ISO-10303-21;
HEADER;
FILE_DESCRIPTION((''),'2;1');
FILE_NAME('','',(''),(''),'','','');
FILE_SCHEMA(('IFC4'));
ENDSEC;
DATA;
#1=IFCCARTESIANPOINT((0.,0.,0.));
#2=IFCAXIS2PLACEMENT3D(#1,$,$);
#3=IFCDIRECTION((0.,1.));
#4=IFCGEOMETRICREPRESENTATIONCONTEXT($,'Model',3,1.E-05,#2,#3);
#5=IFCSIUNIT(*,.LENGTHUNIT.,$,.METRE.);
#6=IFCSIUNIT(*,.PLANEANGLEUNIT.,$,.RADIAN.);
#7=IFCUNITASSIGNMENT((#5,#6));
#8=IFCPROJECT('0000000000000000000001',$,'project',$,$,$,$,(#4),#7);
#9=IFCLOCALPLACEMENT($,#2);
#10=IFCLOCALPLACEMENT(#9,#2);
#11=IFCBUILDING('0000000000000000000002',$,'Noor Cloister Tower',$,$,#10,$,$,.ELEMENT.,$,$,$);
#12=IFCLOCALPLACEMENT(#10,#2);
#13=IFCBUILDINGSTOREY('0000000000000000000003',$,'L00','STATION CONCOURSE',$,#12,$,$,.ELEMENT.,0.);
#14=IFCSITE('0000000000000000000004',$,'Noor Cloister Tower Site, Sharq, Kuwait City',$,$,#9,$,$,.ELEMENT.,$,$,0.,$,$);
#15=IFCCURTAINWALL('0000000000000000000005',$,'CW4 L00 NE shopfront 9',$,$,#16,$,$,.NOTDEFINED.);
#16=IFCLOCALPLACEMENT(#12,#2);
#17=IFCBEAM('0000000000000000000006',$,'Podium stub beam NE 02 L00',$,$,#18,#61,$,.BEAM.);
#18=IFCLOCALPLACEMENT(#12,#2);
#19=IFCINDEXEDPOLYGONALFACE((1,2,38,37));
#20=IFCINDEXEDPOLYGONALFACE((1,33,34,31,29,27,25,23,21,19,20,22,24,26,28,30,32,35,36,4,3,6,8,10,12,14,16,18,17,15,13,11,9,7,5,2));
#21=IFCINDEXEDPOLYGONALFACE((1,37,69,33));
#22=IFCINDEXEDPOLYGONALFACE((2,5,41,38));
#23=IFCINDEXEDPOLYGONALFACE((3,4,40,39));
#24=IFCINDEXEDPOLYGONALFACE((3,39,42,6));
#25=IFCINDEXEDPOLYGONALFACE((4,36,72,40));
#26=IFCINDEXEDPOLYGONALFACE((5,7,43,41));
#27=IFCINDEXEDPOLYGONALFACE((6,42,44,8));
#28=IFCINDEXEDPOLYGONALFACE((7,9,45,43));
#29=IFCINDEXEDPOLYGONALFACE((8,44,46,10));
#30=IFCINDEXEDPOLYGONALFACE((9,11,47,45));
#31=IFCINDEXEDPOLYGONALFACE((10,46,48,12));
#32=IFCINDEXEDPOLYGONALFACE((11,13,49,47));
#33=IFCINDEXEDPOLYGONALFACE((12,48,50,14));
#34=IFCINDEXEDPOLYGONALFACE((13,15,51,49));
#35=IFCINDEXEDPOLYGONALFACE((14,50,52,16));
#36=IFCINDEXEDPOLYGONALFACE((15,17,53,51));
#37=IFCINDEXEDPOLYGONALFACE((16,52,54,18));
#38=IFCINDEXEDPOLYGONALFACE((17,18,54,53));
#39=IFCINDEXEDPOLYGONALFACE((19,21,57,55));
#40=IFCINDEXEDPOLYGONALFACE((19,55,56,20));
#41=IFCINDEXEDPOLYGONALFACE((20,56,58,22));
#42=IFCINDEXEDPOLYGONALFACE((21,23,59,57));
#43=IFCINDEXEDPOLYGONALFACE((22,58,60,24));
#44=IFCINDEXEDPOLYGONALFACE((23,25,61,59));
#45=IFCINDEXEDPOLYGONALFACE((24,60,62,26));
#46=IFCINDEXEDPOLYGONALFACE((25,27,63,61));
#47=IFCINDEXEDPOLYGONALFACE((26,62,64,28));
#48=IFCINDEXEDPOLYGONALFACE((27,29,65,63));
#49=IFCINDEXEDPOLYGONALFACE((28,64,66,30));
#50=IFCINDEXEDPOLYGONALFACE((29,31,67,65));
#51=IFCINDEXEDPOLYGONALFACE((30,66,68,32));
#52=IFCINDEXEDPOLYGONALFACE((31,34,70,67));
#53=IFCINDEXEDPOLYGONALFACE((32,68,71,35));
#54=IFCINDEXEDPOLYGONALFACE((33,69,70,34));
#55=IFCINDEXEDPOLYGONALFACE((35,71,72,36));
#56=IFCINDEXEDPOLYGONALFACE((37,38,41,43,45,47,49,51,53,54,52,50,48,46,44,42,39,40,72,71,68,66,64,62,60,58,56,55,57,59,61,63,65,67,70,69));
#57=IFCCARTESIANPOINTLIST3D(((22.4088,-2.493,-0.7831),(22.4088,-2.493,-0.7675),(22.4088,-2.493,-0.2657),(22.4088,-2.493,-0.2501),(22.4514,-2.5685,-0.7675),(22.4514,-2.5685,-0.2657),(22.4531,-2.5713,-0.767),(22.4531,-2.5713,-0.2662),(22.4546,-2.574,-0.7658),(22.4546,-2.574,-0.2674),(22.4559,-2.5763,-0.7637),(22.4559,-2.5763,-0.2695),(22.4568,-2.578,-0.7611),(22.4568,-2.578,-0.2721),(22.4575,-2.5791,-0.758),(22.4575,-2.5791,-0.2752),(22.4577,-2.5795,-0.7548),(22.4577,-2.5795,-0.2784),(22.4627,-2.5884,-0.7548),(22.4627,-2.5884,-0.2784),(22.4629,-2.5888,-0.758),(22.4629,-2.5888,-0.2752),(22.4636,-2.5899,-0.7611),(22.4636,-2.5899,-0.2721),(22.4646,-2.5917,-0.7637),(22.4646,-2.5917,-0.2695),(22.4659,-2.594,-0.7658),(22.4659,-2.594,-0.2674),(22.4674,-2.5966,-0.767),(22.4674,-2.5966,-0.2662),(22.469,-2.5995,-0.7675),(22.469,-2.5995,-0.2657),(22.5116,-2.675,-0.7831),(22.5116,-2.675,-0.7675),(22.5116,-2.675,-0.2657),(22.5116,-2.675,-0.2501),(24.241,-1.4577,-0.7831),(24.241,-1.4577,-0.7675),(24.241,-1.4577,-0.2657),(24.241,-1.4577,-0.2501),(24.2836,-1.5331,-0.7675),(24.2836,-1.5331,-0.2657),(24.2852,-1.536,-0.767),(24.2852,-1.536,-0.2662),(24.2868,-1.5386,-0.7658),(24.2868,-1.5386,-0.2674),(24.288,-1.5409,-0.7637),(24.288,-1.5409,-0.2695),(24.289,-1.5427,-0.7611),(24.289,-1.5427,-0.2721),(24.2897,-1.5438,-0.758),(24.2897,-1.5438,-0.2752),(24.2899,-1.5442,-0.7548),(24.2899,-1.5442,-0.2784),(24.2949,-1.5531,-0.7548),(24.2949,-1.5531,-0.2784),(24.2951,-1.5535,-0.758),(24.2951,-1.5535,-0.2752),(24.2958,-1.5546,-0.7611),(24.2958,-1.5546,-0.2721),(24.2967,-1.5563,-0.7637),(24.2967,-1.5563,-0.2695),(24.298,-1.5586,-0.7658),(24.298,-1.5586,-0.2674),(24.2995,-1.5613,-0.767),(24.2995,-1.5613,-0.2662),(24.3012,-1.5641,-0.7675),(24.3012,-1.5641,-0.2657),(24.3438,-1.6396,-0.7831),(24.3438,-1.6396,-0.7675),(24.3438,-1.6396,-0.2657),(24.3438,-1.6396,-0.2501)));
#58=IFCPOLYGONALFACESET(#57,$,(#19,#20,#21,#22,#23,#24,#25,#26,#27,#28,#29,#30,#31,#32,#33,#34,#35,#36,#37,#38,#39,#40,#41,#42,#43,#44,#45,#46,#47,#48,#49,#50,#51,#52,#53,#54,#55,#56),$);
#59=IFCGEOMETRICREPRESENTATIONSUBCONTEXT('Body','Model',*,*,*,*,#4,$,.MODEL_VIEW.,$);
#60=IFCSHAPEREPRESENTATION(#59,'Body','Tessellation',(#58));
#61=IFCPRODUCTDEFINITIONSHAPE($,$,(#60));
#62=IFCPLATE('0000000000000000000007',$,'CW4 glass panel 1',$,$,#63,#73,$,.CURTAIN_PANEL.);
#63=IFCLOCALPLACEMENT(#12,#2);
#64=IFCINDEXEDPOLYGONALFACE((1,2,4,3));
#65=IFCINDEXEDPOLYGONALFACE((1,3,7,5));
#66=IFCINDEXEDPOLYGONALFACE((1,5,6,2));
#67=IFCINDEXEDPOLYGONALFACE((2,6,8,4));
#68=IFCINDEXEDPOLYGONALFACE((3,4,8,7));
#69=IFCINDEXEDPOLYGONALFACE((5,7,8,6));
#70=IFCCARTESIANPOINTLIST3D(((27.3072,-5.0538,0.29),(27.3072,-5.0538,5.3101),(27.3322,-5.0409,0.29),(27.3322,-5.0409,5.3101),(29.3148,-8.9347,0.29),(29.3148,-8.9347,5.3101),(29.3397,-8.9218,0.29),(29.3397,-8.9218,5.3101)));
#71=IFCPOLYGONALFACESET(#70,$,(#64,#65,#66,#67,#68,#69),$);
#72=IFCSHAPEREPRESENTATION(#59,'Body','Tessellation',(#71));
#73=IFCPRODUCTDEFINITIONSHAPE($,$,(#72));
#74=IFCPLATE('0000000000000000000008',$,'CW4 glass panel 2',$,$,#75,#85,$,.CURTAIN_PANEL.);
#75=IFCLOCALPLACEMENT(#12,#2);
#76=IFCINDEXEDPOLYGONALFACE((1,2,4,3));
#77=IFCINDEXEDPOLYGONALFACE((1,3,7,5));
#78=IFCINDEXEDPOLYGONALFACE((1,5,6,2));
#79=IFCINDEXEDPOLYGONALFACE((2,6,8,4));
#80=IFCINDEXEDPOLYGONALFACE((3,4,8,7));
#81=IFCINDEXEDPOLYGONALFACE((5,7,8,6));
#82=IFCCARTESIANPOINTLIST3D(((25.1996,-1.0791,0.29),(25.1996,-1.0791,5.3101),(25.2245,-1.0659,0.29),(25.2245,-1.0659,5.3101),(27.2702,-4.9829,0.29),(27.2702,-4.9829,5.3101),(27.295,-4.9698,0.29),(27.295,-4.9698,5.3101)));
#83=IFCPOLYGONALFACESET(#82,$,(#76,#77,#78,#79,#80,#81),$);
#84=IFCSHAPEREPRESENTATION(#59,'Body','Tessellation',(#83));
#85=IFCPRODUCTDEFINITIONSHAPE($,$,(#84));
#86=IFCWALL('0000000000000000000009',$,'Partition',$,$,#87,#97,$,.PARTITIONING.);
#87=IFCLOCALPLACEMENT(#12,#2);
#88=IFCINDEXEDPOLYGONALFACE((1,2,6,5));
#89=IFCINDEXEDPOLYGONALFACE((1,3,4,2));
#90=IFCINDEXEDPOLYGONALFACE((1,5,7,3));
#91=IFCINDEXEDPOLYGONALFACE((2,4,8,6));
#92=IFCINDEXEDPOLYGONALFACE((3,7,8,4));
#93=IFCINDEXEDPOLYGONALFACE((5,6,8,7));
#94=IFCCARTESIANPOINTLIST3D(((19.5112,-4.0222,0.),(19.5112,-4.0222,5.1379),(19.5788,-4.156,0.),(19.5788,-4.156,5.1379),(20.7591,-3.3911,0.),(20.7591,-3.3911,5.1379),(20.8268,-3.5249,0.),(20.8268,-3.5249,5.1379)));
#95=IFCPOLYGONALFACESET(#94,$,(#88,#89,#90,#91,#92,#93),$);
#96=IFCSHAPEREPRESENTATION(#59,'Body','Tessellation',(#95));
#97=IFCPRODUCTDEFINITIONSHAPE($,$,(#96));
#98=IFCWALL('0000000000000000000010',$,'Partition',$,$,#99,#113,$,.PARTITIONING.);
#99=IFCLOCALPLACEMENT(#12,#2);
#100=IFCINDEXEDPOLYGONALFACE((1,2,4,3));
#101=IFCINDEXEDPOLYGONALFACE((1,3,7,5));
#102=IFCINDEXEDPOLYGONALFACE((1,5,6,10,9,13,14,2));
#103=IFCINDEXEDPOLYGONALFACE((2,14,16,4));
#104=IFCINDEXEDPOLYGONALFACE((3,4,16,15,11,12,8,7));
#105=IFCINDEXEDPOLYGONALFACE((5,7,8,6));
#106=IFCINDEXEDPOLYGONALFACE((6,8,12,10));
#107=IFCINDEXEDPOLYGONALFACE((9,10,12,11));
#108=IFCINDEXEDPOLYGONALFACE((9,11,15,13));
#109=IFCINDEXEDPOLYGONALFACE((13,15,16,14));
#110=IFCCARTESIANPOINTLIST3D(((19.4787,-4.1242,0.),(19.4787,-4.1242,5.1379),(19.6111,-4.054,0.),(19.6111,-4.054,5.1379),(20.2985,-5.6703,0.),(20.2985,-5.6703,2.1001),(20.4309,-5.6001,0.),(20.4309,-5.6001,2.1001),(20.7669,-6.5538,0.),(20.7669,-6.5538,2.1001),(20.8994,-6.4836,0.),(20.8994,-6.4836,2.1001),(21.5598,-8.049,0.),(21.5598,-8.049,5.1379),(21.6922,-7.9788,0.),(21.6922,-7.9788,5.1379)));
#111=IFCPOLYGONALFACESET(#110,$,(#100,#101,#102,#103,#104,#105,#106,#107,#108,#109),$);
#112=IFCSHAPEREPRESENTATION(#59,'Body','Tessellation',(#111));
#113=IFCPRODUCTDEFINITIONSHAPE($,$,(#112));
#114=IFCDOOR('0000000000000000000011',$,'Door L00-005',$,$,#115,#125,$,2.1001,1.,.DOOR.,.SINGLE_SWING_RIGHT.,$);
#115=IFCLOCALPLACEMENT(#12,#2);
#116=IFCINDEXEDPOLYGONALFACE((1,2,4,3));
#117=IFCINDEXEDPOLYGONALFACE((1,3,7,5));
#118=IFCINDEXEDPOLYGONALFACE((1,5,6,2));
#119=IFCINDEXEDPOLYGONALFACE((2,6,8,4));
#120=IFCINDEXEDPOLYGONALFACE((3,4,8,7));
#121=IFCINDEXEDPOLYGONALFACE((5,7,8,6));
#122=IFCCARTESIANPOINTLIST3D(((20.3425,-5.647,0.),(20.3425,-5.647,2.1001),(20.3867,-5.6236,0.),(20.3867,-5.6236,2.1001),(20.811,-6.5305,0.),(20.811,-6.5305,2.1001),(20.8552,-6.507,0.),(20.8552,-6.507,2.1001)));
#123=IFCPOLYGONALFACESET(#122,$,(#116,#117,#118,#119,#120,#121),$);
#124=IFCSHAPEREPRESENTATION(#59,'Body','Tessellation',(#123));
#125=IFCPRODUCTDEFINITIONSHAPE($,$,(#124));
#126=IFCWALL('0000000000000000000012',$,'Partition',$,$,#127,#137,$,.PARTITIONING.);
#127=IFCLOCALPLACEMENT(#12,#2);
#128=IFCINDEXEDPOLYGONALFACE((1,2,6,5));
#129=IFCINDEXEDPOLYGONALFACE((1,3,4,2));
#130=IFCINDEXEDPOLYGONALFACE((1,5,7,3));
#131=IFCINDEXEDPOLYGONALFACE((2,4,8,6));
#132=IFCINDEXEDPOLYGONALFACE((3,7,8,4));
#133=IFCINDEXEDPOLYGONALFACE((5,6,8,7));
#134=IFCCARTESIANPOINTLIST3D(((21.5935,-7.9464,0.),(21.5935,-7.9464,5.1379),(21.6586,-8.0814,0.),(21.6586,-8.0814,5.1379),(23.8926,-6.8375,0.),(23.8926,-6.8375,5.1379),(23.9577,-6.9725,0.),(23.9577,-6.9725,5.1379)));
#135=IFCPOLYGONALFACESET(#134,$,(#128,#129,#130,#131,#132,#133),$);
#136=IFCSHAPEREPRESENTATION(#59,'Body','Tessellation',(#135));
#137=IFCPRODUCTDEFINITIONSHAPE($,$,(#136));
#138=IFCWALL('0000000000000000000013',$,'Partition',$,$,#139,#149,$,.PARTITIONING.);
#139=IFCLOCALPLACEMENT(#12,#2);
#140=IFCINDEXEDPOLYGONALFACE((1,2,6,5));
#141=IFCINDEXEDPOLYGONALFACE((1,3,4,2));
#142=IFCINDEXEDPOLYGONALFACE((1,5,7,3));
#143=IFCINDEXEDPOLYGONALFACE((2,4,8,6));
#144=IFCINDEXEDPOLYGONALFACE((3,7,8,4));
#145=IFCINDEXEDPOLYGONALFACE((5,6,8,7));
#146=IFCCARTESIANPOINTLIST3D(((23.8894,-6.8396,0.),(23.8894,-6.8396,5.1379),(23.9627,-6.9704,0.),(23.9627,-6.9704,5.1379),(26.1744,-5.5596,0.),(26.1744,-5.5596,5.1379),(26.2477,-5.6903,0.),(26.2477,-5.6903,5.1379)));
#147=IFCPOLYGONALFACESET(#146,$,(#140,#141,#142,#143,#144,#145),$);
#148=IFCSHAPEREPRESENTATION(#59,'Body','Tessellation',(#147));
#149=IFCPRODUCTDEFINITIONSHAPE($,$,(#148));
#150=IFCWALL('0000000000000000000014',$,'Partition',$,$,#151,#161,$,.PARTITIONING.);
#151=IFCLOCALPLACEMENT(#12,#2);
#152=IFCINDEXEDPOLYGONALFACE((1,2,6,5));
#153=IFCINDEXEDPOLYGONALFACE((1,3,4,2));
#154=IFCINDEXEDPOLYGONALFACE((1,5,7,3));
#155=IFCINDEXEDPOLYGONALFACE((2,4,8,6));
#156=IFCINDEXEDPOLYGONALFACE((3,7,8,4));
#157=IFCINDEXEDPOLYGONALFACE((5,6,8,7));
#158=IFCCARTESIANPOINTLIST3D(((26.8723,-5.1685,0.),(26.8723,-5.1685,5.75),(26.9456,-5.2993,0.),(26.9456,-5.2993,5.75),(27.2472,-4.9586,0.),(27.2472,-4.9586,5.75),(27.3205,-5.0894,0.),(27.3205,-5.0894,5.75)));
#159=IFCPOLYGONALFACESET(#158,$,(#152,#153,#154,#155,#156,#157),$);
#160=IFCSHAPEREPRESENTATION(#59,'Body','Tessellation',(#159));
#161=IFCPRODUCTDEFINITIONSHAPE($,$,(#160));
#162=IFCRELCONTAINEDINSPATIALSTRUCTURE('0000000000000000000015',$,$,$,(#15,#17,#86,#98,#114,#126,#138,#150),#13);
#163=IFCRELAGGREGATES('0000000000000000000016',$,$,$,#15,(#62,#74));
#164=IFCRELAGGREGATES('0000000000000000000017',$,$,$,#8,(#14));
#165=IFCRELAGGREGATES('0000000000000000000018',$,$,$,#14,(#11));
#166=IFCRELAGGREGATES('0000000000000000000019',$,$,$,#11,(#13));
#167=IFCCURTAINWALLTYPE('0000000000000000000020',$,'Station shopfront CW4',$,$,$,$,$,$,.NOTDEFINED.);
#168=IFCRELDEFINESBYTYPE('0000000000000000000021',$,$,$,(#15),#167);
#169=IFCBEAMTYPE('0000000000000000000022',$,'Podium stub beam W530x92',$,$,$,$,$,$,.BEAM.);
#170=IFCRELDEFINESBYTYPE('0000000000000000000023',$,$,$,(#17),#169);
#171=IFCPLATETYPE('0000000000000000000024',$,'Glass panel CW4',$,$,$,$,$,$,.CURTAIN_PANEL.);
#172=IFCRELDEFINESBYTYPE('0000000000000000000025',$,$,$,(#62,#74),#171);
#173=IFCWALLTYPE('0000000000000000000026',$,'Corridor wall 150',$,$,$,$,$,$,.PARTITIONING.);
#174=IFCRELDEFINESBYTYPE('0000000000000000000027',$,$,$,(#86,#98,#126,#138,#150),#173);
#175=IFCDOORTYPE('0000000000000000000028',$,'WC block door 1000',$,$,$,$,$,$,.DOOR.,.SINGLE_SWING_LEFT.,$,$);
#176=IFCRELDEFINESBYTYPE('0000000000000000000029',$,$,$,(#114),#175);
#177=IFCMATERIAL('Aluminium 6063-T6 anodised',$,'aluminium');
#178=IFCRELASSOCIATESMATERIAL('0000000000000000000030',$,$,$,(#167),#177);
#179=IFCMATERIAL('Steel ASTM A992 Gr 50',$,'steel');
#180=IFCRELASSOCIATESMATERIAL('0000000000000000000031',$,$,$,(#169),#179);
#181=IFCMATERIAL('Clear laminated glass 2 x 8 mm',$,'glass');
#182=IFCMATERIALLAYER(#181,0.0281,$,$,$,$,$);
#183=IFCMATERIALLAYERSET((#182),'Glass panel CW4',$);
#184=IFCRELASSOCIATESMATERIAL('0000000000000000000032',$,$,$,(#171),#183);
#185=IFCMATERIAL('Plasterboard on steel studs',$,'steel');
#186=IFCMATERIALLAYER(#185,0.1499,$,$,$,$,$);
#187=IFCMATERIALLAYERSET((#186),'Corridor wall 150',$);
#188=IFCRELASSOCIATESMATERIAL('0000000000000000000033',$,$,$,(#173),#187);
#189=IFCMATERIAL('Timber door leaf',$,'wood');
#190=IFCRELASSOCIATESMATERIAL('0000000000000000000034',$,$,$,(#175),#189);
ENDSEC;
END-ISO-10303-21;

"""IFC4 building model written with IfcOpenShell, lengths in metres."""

from ifc_helpers import new_model, si_unit, direction, frame, frame_2d, origin, origin_2d, place, context, subcontext, project, spatial, rectangle, i_section, extrude, material, layer, layer_set, material_profile, profile_set, type_object, element, fill, aggregate, save


model = new_model("IFC4")

# Units and contexts
model_context = context("Model", 3, precision=1e-05, world=origin(), true_north=direction((0.0, 1.0)))
body_context = subcontext(model_context, "Body", "Model", "MODEL_VIEW")
ifc_project = project(units=[si_unit("LENGTHUNIT", "METRE"), si_unit("PLANEANGLEUNIT", "RADIAN")], contexts=[model_context])

# Site, building, storey
site_placement = place(None, origin())
site = spatial("IfcSite", under=ifc_project, at=site_placement, Name="Noor Cloister Tower Site, Sharq, Kuwait City", CompositionType="ELEMENT", RefElevation=0.0)
building_placement = place(site_placement, origin())
building = spatial("IfcBuilding", under=site, at=building_placement, Name="Noor Cloister Tower", CompositionType="ELEMENT")
storey_placement = place(building_placement, origin())
storey = spatial("IfcBuildingStorey", under=building, at=storey_placement, Name="L00", Description="STATION CONCOURSE", CompositionType="ELEMENT", Elevation=0.0)

# Curtain wall
ifc_material_1 = material(Name="Aluminium 6063-T6 anodised", Category="aluminium")
curtain_wall_type = type_object("IfcCurtainWallType", Name="Station shopfront CW4", PredefinedType="NOTDEFINED", material=ifc_material_1)
curtain_wall_placement = place(storey_placement, origin())
curtain_wall = element("IfcCurtainWall", 1, at=curtain_wall_placement, inside=storey, type_object=curtain_wall_type, Name="CW4 L00 NE shopfront 9", PredefinedType="NOTDEFINED")

# Beam
ifc_material_2 = material(Name="Steel ASTM A992 Gr 50", Category="steel")
ifc_material_profile_1 = material_profile(ifc_material_2, i_section(OverallWidth=0.209, OverallDepth=0.533, WebThickness=0.0103, FlangeThickness=0.0156, FilletRadius=0.0127, at=origin_2d()), Name="W530x92")
ifc_profile_set_1 = profile_set([ifc_material_profile_1], Name="Steel ASTM A992 Gr 50")
beam_type_1 = type_object("IfcBeamType", Name="Podium stub beam W530x92", PredefinedType="BEAM", material=ifc_profile_set_1)
beam_1_placement = place(storey_placement, frame((22.4602, -2.584, -0.5166), z_axis=(0.87061, 0.491973, 0.0), x_axis=(-0.491973, 0.87061, 0.0)))
element("IfcBeam", 2, at=beam_1_placement, inside=storey, type_object=beam_type_1, Name="Podium stub beam NE 02 L00", PredefinedType="BEAM", context=body_context, shape_type="SweptSolid", body=[
    extrude(i_section(OverallWidth=0.209, OverallDepth=0.533, WebThickness=0.0103, FlangeThickness=0.0156, FilletRadius=0.0127, at=origin_2d()), origin(), (0.0, 0.0, 1.0), 2.1045),
])

# Plates
ifc_material_3 = material(Name="Clear laminated glass 2 x 8 mm", Category="glass")
ifc_layer_1 = layer(ifc_material_3, 0.0281)
ifc_layer_set_1 = layer_set([ifc_layer_1], Name="Glass panel CW4")
plate_type = type_object("IfcPlateType", Name="Glass panel CW4", PredefinedType="CURTAIN_PANEL", material=ifc_layer_set_1)
plate_1_placement = place(storey_placement, frame((28.3235, -6.9878, 0.29), z_axis=(0.0, 0.0, 1.0), x_axis=(-0.45946, 0.888199, 0.0)))
plate_1 = element("IfcPlate", 3, at=plate_1_placement, type_object=plate_type, Name="CW4 glass panel 1", PredefinedType="CURTAIN_PANEL", context=body_context, shape_type="SweptSolid", body=[
    extrude(rectangle(XDim=4.3694, YDim=0.0281, at=origin_2d()), origin(), (0.0, 0.0, 1.0), 5.02),
])
plate_2_placement = place(storey_placement, frame((26.2473, -3.0244, 0.29), z_axis=(0.0, 0.0, 1.0), x_axis=(-0.468557, 0.883433, 0.0)))
plate_2 = element("IfcPlate", 4, at=plate_2_placement, type_object=plate_type, Name="CW4 glass panel 2", PredefinedType="CURTAIN_PANEL", context=body_context, shape_type="SweptSolid", body=[
    extrude(rectangle(XDim=4.4189, YDim=0.0281, at=origin_2d()), origin(), (0.0, 0.0, 1.0), 5.02),
])
aggregate(curtain_wall, [plate_1, plate_2])

# Wall
ifc_material_4 = material(Name="Plasterboard on steel studs", Category="steel")
ifc_layer_2 = layer(ifc_material_4, 0.1499)
ifc_layer_set_2 = layer_set([ifc_layer_2], Name="Corridor wall 150")
wall_type_1 = type_object("IfcWallType", Name="Corridor wall 150", PredefinedType="PARTITIONING", material=ifc_layer_set_2)
wall_1_placement = place(storey_placement, frame((20.793, -3.458, 0.0), z_axis=(0.0, 0.0, 1.0), x_axis=(-0.892393, -0.451259, 0.0)))
element("IfcWall", 5, at=wall_1_placement, inside=storey, type_object=wall_type_1, Name="Partition", PredefinedType="PARTITIONING", context=body_context, shape_type="SweptSolid", body=[
    extrude(rectangle(XDim=1.3984, YDim=0.1499, at=frame_2d((0.6992, 0.0))), origin(), (0.0, 0.0, 1.0), 5.1379),
])

# Wall, opening, door
wall_2_placement = place(storey_placement, frame((19.5449, -4.0891, 0.0), z_axis=(0.0, 0.0, 1.0), x_axis=(0.468453, -0.883488, 0.0)))
wall_2 = element("IfcWall", 6, at=wall_2_placement, inside=storey, type_object=wall_type_1, Name="Partition", PredefinedType="PARTITIONING", context=body_context, shape_type="SweptSolid", body=[
    extrude(rectangle(XDim=4.4424, YDim=0.1499, at=frame_2d((2.2212, 0.0))), origin(), (0.0, 0.0, 1.0), 5.1379),
])
opening_1_placement = place(wall_2_placement, frame((1.75, 0.0, 0.0)))
opening_1 = element("IfcOpeningElement", 7, at=opening_1_placement, cuts=wall_2, PredefinedType="OPENING", context=body_context, shape_type="SweptSolid", body=[
    extrude(rectangle(XDim=1.0, YDim=2.1001, at=frame_2d((0.5, 1.05))), frame((0.0, 0.085, 0.0), z_axis=(0.0, -1.0, 0.0), x_axis=(1.0, 0.0, 0.0)), (0.0, 0.0, 1.0), 0.1699),
])
ifc_material_5 = material(Name="Timber door leaf", Category="wood")
door_type_1 = type_object("IfcDoorType", Name="WC block door 1000", OperationType="SINGLE_SWING_LEFT", PredefinedType="DOOR", material=ifc_material_5)
door_1_placement = place(opening_1_placement, origin())
door_1 = element("IfcDoor", 8, at=door_1_placement, inside=storey, type_object=door_type_1, Name="Door L00-005", OperationType="SINGLE_SWING_RIGHT", OverallHeight=2.1001, OverallWidth=1.0, PredefinedType="DOOR", context=body_context, shape_type="SweptSolid", body=[
    extrude(rectangle(XDim=1.0, YDim=2.1001, at=frame_2d((0.5, 1.05))), frame((0.0, 0.0249, 0.0), z_axis=(0.0, -1.0, 0.0), x_axis=(1.0, 0.0, 0.0)), (0.0, 0.0, 1.0), 0.05),
])
fill(opening_1, door_1)

# Walls
wall_3_placement = place(storey_placement, frame((21.626, -8.0139, 0.0), z_axis=(0.0, 0.0, 1.0), x_axis=(0.900707, 0.434428, 0.0)))
element("IfcWall", 9, at=wall_3_placement, inside=storey, type_object=wall_type_1, Name="Partition", PredefinedType="PARTITIONING", context=body_context, shape_type="SweptSolid", body=[
    extrude(rectangle(XDim=2.5525, YDim=0.1499, at=frame_2d((1.2764, 0.0))), origin(), (0.0, 0.0, 1.0), 5.1379),
])
wall_4_placement = place(storey_placement, frame((23.926, -6.905, 0.0), z_axis=(0.0, 0.0, 1.0), x_axis=(0.872428, 0.488742, 0.0)))
element("IfcWall", 10, at=wall_4_placement, inside=storey, type_object=wall_type_1, Name="Partition", PredefinedType="PARTITIONING", context=body_context, shape_type="SweptSolid", body=[
    extrude(rectangle(XDim=2.6191, YDim=0.1499, at=frame_2d((1.3096, 0.0))), origin(), (0.0, 0.0, 1.0), 5.1379),
])
wall_5_placement = place(storey_placement, frame((26.9089, -5.2339, 0.0), z_axis=(0.0, 0.0, 1.0), x_axis=(0.872545, 0.488534, 0.0)))
element("IfcWall", 11, at=wall_5_placement, inside=storey, type_object=wall_type_1, Name="Partition", PredefinedType="PARTITIONING", context=body_context, shape_type="SweptSolid", body=[
    extrude(rectangle(XDim=0.4297, YDim=0.1499, at=frame_2d((0.2148, 0.0))), origin(), (0.0, 0.0, 1.0), 5.75),
])

save(model, "model.ifc")
